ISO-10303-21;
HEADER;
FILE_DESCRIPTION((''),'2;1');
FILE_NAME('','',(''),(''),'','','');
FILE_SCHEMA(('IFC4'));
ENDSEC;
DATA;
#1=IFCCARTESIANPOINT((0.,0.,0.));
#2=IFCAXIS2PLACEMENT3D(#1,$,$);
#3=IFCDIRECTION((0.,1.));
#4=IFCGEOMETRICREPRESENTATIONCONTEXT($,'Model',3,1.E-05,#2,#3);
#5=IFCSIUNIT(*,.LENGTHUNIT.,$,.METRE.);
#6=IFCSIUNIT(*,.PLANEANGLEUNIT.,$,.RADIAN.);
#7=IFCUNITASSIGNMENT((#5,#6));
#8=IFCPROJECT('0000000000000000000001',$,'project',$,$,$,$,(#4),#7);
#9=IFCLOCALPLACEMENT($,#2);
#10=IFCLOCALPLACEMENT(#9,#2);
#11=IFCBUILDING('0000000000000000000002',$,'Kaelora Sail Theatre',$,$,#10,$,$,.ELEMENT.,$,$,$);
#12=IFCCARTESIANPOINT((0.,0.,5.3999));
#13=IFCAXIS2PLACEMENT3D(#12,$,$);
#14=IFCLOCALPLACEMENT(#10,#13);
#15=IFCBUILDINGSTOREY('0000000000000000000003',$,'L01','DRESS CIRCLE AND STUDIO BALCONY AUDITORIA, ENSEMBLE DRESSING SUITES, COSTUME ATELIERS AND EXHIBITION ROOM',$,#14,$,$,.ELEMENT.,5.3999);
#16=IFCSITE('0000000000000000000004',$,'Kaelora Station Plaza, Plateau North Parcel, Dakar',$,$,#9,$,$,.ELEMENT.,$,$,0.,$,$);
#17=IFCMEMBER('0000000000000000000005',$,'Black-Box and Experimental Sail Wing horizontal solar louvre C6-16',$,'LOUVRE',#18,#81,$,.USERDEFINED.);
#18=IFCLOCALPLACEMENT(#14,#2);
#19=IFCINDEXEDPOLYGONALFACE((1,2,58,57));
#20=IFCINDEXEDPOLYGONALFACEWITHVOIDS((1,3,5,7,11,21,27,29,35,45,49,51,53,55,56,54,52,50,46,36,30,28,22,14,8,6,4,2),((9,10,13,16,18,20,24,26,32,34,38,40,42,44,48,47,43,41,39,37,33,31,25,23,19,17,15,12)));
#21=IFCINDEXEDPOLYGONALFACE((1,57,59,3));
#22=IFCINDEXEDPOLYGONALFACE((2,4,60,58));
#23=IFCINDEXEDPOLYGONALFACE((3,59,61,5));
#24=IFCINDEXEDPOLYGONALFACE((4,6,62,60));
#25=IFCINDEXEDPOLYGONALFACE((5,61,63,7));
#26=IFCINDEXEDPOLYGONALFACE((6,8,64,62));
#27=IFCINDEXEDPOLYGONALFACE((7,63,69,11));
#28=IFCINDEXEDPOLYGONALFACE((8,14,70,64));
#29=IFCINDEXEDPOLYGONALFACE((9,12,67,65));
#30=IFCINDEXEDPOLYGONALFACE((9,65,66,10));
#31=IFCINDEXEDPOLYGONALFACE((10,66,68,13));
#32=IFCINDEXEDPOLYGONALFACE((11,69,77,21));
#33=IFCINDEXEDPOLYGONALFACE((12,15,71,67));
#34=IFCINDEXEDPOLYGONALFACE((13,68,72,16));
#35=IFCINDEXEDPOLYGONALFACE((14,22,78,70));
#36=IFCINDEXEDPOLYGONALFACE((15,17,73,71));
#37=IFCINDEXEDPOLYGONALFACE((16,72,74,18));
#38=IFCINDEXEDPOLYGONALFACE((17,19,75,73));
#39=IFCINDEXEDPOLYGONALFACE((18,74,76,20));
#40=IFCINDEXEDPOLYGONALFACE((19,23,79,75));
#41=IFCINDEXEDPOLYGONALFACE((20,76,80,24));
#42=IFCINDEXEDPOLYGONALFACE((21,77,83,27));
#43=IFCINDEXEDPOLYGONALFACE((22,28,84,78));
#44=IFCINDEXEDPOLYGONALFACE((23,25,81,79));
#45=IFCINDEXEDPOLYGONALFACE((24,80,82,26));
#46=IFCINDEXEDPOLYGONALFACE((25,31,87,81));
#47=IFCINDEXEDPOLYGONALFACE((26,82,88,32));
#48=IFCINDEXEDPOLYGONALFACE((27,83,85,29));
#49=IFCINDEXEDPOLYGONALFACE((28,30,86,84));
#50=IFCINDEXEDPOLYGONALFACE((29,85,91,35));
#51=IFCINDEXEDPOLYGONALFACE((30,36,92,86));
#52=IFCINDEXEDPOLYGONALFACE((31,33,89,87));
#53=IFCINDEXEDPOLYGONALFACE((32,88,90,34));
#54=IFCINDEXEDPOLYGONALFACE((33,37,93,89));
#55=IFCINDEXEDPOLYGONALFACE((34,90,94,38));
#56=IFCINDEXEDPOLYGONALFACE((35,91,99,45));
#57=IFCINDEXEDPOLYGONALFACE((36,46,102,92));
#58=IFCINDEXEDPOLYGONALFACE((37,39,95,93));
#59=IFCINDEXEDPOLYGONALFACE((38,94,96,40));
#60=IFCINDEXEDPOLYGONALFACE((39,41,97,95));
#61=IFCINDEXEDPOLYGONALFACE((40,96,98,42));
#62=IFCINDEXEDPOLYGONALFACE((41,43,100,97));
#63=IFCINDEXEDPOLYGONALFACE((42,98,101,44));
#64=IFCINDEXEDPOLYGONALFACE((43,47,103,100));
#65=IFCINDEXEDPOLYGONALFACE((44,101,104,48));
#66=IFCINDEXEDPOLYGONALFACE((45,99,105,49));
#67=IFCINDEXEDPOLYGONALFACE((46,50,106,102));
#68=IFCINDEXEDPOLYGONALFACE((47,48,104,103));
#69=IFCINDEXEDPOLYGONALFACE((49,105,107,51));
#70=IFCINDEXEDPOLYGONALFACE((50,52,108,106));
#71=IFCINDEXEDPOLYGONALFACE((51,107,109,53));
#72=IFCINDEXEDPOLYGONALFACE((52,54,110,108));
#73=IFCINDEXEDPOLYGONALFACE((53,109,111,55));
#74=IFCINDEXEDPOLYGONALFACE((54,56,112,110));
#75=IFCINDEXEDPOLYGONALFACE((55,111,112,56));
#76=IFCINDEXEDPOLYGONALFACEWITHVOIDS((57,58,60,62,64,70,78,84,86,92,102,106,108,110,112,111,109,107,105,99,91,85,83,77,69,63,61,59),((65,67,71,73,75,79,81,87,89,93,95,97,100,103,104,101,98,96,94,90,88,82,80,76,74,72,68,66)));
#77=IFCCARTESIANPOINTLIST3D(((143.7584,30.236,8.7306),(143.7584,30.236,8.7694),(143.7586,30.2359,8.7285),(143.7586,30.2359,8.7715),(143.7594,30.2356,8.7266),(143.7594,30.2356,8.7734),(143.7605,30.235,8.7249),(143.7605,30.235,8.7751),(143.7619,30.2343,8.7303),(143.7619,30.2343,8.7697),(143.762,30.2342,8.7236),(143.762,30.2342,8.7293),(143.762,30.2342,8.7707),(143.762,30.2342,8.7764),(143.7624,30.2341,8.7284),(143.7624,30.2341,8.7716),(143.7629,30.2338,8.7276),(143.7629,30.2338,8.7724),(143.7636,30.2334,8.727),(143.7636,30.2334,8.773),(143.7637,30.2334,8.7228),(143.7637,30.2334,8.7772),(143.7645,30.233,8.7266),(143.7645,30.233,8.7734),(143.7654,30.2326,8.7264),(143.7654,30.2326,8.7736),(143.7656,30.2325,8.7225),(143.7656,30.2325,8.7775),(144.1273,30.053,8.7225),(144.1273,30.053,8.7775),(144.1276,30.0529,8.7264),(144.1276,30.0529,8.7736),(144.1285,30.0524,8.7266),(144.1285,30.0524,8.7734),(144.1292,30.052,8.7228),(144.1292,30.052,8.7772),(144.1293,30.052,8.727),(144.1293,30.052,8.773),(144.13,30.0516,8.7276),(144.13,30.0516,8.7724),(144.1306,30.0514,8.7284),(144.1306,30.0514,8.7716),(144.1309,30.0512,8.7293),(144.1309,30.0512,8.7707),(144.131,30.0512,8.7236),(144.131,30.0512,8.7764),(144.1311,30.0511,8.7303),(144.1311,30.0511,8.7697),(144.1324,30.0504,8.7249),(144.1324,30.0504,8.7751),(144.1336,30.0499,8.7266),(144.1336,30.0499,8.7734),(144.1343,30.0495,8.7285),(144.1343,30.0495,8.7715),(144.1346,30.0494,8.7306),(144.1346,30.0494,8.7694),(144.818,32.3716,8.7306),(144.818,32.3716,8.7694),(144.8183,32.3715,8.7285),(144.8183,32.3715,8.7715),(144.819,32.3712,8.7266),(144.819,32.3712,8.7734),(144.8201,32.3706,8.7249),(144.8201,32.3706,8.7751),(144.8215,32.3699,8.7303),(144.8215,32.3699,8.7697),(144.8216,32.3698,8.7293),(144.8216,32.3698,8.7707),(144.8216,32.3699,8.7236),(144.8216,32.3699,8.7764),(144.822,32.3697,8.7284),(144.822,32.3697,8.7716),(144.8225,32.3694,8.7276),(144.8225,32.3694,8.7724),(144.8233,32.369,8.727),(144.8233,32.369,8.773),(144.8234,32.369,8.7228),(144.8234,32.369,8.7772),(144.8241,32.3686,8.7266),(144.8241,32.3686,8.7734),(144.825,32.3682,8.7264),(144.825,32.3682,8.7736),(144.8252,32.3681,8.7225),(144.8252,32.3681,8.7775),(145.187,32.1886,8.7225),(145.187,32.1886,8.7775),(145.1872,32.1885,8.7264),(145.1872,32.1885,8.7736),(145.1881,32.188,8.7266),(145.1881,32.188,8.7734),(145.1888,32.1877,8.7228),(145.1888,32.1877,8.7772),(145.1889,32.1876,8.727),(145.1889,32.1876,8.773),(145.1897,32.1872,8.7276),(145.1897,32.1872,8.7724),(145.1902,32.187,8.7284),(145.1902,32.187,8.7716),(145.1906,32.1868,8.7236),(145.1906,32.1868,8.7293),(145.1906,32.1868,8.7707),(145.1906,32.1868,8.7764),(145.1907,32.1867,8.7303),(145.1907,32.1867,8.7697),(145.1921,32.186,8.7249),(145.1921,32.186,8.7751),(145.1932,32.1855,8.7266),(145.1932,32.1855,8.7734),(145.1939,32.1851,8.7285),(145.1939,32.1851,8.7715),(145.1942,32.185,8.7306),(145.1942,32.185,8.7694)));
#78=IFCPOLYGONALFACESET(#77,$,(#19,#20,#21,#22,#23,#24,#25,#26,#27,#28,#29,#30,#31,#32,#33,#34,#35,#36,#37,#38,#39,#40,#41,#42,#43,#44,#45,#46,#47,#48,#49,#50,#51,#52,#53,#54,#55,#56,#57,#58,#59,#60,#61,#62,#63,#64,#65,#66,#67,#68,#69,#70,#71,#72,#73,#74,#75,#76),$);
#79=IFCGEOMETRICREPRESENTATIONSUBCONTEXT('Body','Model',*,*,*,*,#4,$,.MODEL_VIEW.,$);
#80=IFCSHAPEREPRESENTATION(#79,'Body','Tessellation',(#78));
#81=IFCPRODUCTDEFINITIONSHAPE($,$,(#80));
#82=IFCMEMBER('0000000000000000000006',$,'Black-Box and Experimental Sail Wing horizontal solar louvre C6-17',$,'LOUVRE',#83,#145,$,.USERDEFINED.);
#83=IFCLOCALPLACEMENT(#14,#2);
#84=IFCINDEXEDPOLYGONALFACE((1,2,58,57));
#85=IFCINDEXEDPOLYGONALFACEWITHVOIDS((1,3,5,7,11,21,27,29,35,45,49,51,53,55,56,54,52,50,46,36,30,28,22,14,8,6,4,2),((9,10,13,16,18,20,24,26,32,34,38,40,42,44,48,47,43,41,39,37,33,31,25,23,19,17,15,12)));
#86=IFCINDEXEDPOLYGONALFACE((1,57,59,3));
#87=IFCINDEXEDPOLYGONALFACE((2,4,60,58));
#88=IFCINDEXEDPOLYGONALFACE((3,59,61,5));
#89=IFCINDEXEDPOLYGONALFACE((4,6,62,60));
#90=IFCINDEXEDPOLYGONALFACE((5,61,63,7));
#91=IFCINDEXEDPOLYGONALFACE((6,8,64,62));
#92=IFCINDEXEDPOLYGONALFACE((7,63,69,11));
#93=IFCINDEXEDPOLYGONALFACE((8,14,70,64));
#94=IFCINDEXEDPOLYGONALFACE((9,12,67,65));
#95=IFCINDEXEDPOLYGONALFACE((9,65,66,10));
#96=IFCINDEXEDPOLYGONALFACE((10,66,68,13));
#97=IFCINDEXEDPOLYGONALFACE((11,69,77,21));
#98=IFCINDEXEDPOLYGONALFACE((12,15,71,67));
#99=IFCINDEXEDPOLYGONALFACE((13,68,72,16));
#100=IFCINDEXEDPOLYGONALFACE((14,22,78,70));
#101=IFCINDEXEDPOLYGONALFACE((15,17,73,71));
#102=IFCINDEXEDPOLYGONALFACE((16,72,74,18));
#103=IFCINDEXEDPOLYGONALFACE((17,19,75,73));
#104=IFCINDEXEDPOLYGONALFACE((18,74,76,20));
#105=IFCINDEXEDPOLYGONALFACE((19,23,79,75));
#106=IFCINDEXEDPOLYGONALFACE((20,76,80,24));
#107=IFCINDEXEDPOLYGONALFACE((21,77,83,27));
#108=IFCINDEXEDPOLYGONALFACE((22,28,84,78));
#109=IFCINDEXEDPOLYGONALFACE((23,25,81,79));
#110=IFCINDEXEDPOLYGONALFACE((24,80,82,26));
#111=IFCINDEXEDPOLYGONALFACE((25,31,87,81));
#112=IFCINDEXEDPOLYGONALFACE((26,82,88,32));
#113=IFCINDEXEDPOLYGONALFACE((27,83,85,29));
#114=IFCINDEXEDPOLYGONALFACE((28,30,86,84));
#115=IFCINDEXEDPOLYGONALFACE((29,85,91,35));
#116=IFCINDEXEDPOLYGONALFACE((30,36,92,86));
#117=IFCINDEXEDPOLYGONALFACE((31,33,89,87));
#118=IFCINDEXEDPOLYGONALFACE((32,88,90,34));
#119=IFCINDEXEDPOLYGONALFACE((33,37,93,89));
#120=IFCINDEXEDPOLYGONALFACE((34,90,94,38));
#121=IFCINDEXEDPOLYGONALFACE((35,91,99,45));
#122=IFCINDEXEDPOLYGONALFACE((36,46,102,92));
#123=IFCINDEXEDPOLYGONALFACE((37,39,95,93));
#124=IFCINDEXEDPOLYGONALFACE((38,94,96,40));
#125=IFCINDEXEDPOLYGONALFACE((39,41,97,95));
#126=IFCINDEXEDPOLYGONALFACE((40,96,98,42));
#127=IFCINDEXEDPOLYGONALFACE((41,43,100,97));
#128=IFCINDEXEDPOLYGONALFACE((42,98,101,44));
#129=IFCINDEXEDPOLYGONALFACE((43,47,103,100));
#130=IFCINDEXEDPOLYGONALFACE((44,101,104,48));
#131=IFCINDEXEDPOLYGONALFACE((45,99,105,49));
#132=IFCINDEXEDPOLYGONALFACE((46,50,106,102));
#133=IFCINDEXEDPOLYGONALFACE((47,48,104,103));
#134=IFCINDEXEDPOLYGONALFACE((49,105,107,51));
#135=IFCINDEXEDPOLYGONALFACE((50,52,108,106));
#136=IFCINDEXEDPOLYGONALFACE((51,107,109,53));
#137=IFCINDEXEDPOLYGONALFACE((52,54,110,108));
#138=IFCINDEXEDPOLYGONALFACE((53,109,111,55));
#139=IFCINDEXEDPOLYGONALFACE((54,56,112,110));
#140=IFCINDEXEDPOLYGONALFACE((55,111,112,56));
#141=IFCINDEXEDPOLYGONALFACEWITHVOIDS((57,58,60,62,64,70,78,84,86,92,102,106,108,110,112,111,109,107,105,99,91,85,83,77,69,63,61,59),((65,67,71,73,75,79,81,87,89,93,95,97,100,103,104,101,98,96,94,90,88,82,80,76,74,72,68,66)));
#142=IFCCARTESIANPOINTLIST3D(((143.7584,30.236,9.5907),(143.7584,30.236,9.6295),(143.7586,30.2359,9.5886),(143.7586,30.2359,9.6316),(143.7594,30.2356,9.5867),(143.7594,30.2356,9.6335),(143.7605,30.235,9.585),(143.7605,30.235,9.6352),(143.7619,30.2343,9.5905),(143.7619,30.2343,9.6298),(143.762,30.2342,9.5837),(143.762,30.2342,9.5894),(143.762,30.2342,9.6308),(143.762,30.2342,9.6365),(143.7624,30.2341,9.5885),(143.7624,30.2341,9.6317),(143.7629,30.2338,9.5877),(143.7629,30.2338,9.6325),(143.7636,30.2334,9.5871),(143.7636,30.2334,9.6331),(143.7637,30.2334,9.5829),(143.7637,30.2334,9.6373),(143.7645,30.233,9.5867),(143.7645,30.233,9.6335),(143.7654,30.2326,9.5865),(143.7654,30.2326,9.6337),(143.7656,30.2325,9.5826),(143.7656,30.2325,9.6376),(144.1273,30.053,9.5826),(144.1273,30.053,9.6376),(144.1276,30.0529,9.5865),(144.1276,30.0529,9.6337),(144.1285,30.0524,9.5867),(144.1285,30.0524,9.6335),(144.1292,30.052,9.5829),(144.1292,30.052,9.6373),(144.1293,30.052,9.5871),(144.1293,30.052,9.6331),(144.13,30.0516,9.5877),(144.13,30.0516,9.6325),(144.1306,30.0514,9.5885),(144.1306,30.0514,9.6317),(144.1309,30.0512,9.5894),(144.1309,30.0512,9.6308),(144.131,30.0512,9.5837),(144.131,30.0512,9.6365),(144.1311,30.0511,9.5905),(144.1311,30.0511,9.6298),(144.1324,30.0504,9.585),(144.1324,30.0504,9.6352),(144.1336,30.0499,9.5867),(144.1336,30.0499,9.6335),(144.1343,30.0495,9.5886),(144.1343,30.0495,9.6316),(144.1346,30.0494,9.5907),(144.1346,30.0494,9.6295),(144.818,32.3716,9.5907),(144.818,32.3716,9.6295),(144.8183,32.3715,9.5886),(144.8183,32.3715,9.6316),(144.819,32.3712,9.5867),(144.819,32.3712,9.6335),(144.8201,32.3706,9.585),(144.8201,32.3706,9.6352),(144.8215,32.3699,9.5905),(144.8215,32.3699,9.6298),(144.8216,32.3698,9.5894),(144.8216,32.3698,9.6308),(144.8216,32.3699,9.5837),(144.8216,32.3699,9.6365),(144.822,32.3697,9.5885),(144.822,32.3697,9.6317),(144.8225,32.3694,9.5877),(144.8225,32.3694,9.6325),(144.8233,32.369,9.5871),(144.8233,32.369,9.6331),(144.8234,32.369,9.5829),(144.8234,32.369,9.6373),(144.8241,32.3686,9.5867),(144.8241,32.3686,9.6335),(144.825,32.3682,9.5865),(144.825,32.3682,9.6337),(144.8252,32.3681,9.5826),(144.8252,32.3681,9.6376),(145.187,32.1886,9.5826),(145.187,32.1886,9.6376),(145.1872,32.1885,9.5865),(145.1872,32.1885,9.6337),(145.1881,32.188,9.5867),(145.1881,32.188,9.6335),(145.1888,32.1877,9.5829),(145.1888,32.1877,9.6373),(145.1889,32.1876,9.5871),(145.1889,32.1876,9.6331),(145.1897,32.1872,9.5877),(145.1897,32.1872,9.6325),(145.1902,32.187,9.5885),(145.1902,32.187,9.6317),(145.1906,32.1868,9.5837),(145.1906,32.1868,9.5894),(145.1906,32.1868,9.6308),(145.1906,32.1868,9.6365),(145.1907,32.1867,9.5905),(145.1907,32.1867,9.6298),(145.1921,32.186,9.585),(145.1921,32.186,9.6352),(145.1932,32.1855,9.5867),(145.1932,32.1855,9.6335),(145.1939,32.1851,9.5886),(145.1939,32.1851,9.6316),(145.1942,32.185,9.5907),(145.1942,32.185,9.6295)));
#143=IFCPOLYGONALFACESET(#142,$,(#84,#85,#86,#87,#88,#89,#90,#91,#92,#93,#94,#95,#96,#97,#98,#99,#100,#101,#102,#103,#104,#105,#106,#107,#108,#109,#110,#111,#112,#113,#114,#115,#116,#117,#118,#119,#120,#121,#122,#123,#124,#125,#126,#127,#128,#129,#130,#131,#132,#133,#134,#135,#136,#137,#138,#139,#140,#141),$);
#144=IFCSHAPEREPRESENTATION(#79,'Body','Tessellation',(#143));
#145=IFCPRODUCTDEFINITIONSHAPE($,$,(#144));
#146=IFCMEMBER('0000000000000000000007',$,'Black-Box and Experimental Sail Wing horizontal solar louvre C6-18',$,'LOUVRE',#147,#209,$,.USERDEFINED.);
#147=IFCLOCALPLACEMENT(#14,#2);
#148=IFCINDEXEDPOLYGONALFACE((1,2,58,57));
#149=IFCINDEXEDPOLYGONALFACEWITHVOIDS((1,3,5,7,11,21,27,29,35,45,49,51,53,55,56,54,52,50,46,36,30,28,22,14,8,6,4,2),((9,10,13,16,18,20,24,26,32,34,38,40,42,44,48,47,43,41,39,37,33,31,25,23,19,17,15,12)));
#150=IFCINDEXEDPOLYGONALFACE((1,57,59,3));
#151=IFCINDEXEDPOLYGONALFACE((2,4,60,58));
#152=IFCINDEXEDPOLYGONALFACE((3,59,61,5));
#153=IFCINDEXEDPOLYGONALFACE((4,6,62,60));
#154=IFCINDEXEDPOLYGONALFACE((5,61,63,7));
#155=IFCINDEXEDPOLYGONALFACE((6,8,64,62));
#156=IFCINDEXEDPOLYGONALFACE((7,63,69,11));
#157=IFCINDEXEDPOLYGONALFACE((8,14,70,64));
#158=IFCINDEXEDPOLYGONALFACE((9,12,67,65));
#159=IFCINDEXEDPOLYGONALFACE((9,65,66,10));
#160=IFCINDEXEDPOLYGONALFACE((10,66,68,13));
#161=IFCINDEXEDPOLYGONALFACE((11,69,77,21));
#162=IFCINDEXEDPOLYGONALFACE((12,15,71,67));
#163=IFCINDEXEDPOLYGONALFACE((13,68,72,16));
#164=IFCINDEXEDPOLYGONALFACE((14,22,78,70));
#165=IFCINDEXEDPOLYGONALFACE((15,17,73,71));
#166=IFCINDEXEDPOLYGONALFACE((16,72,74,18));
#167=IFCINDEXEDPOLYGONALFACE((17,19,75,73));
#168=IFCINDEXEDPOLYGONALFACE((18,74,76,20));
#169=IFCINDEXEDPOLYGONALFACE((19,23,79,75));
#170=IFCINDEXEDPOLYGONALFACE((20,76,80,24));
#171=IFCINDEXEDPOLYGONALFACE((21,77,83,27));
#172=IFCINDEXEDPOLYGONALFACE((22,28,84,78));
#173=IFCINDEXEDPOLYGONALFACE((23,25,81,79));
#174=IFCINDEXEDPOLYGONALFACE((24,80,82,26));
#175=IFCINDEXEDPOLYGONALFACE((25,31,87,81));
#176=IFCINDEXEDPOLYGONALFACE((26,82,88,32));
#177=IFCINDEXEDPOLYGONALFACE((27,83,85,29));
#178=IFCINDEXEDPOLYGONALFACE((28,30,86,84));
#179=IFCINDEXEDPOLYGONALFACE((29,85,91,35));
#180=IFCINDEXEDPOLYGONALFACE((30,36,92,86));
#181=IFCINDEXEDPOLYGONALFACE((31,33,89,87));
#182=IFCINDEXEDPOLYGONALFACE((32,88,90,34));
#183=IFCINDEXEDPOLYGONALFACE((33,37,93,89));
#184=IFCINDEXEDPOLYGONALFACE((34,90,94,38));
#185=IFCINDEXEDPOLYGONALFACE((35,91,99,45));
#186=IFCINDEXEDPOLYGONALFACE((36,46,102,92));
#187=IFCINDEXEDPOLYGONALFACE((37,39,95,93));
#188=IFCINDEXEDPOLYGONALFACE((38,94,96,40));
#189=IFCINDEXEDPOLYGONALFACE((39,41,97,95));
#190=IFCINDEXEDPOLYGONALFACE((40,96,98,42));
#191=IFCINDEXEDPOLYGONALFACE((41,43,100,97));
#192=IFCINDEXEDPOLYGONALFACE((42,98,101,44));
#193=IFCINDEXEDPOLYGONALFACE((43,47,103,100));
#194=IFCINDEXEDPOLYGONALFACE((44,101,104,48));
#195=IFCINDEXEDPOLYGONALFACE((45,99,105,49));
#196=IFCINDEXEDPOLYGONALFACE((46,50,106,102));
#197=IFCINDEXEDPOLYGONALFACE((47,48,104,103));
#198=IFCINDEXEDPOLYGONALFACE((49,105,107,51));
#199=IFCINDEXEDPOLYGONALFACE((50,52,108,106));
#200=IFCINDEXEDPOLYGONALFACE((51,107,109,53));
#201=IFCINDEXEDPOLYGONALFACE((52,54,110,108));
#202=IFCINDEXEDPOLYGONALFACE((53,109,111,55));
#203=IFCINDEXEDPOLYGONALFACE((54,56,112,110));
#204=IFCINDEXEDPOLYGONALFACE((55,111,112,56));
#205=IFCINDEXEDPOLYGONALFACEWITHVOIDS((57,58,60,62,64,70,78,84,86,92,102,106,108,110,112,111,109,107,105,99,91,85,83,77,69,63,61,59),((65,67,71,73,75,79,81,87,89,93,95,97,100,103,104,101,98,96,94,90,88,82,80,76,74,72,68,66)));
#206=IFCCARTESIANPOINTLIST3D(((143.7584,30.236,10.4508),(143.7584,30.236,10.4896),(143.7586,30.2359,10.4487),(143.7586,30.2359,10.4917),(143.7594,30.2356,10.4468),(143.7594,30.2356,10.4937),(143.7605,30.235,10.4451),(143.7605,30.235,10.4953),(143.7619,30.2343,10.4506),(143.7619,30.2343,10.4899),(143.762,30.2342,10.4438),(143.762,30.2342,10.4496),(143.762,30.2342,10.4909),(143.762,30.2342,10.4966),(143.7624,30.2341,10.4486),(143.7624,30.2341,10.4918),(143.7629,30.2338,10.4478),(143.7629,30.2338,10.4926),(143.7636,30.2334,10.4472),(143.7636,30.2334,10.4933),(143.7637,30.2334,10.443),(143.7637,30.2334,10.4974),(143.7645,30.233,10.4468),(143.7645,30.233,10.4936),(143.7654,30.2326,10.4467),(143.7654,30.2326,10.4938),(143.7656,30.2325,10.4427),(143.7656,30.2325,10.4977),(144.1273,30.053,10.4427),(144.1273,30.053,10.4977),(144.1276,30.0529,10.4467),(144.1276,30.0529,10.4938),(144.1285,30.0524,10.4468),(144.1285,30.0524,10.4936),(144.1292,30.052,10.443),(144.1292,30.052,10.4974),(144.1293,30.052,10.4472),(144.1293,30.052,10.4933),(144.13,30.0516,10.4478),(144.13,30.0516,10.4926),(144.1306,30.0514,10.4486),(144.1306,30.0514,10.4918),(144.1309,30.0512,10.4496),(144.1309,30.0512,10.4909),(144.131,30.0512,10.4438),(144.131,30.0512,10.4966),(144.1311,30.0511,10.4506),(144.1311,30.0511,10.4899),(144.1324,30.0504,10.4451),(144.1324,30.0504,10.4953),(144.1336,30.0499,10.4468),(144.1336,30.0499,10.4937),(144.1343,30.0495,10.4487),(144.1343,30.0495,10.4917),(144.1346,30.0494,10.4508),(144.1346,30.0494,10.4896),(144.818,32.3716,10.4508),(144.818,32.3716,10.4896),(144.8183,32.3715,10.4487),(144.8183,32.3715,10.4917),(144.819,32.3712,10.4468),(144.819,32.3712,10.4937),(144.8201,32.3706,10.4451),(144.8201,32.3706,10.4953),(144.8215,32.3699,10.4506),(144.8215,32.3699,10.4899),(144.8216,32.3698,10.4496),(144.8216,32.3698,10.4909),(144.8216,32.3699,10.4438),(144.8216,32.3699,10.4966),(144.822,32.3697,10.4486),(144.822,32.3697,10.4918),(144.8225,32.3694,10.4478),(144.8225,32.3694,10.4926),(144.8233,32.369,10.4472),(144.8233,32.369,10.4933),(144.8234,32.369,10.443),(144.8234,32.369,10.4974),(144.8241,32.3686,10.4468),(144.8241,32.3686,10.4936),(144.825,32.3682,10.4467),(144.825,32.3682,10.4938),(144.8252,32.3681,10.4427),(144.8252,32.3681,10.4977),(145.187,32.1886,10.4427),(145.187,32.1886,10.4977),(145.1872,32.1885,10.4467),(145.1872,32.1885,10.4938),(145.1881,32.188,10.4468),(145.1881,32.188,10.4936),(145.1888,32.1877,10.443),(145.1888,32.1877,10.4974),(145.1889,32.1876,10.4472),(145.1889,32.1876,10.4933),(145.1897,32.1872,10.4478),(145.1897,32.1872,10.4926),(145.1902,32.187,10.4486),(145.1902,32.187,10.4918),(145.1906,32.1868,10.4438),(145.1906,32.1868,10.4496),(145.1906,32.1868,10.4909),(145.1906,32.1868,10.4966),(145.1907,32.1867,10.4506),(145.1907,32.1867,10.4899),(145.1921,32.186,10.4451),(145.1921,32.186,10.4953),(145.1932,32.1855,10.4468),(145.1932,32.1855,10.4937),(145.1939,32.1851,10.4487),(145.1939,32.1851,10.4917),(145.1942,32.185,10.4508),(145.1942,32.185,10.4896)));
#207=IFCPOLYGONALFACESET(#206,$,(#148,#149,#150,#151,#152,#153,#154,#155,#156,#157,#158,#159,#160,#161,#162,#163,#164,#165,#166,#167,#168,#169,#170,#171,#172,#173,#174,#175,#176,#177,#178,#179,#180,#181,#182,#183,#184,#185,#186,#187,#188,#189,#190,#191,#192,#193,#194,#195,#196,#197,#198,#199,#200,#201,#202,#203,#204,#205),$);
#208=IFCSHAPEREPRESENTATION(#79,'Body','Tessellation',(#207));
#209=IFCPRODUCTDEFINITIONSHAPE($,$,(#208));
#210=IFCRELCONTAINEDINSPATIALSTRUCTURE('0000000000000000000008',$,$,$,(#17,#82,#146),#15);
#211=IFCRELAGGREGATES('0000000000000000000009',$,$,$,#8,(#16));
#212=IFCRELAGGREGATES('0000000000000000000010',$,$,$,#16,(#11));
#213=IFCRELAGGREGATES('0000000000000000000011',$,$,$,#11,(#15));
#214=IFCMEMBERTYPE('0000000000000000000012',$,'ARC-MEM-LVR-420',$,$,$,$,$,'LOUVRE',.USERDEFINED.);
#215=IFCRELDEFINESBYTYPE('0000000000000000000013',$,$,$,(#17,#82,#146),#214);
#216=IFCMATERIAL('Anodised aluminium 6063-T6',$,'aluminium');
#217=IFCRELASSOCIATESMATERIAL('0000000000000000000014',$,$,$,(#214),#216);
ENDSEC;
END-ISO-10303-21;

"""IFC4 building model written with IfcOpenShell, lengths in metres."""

from ifc_helpers import new_model, si_unit, direction, frame, origin, origin_2d, place, context, subcontext, project, spatial, hollow_rectangle, extrude, material, material_profile, profile_set, type_object, element, save


model = new_model("IFC4")

# Units and contexts
model_context = context("Model", 3, precision=1e-05, world=origin(), true_north=direction((0.0, 1.0)))
body_context = subcontext(model_context, "Body", "Model", "MODEL_VIEW")
ifc_project = project(units=[si_unit("LENGTHUNIT", "METRE"), si_unit("PLANEANGLEUNIT", "RADIAN")], contexts=[model_context])

# Site, building, storey
site_placement = place(None, origin())
site = spatial("IfcSite", under=ifc_project, at=site_placement, Name="Kaelora Station Plaza, Plateau North Parcel, Dakar", CompositionType="ELEMENT", RefElevation=0.0)
building_placement = place(site_placement, origin())
building = spatial("IfcBuilding", under=site, at=building_placement, Name="Kaelora Sail Theatre", CompositionType="ELEMENT")
storey_placement = place(building_placement, frame((0.0, 0.0, 5.3999)))
storey = spatial("IfcBuildingStorey", under=building, at=storey_placement, Name="L01", Description="DRESS CIRCLE AND STUDIO BALCONY AUDITORIA, ENSEMBLE DRESSING SUITES, COSTUME ATELIERS AND EXHIBITION ROOM", CompositionType="ELEMENT", Elevation=5.3999)

# Members
ifc_material_1 = material(Name="Anodised aluminium 6063-T6", Category="aluminium")
ifc_material_profile_1 = material_profile(ifc_material_1, hollow_rectangle(XDim=0.4199, YDim=0.0549, WallThickness=0.0039, InnerFilletRadius=0.0039, OuterFilletRadius=0.0081, at=origin_2d()), Name="LOUVRE 420x55x4")
ifc_profile_set_1 = profile_set([ifc_material_profile_1], Name="Anodised aluminium 6063-T6")
member_type = type_object("IfcMemberType", Name="ARC-MEM-LVR-420", ElementType="LOUVRE", PredefinedType="USERDEFINED", material=ifc_profile_set_1)
for number, where, z_axis, x_axis, name in (
    (1, (145.0061, 32.2783, 8.75), (-0.444467, -0.895795, 0.0), (0.895795, -0.444467, 0.0), "Black-Box and Experimental Sail Wing horizontal solar louvre C6-16"),
    (2, (145.0061, 32.2783, 9.6101), (-0.444467, -0.895795, 0.0), (0.895795, -0.444467, 0.0), "Black-Box and Experimental Sail Wing horizontal solar louvre C6-17"),
    (3, (145.0061, 32.2783, 10.4702), (-0.444467, -0.895795, 0.0), (0.895795, -0.444467, 0.0), "Black-Box and Experimental Sail Wing horizontal solar louvre C6-18"),
):
    element("IfcMember", number, at=place(storey_placement, frame(where, z_axis=z_axis, x_axis=x_axis)), inside=storey, type_object=member_type, Name=name, ObjectType="LOUVRE", PredefinedType="USERDEFINED", context=body_context, shape_type="SweptSolid", body=[
        extrude(hollow_rectangle(XDim=0.4199, YDim=0.0549, WallThickness=0.0039, InnerFilletRadius=0.0039, OuterFilletRadius=0.0081, at=origin_2d()), origin(), (0.0, 0.0, 1.0), 2.384),
    ])

save(model, "model.ifc")
